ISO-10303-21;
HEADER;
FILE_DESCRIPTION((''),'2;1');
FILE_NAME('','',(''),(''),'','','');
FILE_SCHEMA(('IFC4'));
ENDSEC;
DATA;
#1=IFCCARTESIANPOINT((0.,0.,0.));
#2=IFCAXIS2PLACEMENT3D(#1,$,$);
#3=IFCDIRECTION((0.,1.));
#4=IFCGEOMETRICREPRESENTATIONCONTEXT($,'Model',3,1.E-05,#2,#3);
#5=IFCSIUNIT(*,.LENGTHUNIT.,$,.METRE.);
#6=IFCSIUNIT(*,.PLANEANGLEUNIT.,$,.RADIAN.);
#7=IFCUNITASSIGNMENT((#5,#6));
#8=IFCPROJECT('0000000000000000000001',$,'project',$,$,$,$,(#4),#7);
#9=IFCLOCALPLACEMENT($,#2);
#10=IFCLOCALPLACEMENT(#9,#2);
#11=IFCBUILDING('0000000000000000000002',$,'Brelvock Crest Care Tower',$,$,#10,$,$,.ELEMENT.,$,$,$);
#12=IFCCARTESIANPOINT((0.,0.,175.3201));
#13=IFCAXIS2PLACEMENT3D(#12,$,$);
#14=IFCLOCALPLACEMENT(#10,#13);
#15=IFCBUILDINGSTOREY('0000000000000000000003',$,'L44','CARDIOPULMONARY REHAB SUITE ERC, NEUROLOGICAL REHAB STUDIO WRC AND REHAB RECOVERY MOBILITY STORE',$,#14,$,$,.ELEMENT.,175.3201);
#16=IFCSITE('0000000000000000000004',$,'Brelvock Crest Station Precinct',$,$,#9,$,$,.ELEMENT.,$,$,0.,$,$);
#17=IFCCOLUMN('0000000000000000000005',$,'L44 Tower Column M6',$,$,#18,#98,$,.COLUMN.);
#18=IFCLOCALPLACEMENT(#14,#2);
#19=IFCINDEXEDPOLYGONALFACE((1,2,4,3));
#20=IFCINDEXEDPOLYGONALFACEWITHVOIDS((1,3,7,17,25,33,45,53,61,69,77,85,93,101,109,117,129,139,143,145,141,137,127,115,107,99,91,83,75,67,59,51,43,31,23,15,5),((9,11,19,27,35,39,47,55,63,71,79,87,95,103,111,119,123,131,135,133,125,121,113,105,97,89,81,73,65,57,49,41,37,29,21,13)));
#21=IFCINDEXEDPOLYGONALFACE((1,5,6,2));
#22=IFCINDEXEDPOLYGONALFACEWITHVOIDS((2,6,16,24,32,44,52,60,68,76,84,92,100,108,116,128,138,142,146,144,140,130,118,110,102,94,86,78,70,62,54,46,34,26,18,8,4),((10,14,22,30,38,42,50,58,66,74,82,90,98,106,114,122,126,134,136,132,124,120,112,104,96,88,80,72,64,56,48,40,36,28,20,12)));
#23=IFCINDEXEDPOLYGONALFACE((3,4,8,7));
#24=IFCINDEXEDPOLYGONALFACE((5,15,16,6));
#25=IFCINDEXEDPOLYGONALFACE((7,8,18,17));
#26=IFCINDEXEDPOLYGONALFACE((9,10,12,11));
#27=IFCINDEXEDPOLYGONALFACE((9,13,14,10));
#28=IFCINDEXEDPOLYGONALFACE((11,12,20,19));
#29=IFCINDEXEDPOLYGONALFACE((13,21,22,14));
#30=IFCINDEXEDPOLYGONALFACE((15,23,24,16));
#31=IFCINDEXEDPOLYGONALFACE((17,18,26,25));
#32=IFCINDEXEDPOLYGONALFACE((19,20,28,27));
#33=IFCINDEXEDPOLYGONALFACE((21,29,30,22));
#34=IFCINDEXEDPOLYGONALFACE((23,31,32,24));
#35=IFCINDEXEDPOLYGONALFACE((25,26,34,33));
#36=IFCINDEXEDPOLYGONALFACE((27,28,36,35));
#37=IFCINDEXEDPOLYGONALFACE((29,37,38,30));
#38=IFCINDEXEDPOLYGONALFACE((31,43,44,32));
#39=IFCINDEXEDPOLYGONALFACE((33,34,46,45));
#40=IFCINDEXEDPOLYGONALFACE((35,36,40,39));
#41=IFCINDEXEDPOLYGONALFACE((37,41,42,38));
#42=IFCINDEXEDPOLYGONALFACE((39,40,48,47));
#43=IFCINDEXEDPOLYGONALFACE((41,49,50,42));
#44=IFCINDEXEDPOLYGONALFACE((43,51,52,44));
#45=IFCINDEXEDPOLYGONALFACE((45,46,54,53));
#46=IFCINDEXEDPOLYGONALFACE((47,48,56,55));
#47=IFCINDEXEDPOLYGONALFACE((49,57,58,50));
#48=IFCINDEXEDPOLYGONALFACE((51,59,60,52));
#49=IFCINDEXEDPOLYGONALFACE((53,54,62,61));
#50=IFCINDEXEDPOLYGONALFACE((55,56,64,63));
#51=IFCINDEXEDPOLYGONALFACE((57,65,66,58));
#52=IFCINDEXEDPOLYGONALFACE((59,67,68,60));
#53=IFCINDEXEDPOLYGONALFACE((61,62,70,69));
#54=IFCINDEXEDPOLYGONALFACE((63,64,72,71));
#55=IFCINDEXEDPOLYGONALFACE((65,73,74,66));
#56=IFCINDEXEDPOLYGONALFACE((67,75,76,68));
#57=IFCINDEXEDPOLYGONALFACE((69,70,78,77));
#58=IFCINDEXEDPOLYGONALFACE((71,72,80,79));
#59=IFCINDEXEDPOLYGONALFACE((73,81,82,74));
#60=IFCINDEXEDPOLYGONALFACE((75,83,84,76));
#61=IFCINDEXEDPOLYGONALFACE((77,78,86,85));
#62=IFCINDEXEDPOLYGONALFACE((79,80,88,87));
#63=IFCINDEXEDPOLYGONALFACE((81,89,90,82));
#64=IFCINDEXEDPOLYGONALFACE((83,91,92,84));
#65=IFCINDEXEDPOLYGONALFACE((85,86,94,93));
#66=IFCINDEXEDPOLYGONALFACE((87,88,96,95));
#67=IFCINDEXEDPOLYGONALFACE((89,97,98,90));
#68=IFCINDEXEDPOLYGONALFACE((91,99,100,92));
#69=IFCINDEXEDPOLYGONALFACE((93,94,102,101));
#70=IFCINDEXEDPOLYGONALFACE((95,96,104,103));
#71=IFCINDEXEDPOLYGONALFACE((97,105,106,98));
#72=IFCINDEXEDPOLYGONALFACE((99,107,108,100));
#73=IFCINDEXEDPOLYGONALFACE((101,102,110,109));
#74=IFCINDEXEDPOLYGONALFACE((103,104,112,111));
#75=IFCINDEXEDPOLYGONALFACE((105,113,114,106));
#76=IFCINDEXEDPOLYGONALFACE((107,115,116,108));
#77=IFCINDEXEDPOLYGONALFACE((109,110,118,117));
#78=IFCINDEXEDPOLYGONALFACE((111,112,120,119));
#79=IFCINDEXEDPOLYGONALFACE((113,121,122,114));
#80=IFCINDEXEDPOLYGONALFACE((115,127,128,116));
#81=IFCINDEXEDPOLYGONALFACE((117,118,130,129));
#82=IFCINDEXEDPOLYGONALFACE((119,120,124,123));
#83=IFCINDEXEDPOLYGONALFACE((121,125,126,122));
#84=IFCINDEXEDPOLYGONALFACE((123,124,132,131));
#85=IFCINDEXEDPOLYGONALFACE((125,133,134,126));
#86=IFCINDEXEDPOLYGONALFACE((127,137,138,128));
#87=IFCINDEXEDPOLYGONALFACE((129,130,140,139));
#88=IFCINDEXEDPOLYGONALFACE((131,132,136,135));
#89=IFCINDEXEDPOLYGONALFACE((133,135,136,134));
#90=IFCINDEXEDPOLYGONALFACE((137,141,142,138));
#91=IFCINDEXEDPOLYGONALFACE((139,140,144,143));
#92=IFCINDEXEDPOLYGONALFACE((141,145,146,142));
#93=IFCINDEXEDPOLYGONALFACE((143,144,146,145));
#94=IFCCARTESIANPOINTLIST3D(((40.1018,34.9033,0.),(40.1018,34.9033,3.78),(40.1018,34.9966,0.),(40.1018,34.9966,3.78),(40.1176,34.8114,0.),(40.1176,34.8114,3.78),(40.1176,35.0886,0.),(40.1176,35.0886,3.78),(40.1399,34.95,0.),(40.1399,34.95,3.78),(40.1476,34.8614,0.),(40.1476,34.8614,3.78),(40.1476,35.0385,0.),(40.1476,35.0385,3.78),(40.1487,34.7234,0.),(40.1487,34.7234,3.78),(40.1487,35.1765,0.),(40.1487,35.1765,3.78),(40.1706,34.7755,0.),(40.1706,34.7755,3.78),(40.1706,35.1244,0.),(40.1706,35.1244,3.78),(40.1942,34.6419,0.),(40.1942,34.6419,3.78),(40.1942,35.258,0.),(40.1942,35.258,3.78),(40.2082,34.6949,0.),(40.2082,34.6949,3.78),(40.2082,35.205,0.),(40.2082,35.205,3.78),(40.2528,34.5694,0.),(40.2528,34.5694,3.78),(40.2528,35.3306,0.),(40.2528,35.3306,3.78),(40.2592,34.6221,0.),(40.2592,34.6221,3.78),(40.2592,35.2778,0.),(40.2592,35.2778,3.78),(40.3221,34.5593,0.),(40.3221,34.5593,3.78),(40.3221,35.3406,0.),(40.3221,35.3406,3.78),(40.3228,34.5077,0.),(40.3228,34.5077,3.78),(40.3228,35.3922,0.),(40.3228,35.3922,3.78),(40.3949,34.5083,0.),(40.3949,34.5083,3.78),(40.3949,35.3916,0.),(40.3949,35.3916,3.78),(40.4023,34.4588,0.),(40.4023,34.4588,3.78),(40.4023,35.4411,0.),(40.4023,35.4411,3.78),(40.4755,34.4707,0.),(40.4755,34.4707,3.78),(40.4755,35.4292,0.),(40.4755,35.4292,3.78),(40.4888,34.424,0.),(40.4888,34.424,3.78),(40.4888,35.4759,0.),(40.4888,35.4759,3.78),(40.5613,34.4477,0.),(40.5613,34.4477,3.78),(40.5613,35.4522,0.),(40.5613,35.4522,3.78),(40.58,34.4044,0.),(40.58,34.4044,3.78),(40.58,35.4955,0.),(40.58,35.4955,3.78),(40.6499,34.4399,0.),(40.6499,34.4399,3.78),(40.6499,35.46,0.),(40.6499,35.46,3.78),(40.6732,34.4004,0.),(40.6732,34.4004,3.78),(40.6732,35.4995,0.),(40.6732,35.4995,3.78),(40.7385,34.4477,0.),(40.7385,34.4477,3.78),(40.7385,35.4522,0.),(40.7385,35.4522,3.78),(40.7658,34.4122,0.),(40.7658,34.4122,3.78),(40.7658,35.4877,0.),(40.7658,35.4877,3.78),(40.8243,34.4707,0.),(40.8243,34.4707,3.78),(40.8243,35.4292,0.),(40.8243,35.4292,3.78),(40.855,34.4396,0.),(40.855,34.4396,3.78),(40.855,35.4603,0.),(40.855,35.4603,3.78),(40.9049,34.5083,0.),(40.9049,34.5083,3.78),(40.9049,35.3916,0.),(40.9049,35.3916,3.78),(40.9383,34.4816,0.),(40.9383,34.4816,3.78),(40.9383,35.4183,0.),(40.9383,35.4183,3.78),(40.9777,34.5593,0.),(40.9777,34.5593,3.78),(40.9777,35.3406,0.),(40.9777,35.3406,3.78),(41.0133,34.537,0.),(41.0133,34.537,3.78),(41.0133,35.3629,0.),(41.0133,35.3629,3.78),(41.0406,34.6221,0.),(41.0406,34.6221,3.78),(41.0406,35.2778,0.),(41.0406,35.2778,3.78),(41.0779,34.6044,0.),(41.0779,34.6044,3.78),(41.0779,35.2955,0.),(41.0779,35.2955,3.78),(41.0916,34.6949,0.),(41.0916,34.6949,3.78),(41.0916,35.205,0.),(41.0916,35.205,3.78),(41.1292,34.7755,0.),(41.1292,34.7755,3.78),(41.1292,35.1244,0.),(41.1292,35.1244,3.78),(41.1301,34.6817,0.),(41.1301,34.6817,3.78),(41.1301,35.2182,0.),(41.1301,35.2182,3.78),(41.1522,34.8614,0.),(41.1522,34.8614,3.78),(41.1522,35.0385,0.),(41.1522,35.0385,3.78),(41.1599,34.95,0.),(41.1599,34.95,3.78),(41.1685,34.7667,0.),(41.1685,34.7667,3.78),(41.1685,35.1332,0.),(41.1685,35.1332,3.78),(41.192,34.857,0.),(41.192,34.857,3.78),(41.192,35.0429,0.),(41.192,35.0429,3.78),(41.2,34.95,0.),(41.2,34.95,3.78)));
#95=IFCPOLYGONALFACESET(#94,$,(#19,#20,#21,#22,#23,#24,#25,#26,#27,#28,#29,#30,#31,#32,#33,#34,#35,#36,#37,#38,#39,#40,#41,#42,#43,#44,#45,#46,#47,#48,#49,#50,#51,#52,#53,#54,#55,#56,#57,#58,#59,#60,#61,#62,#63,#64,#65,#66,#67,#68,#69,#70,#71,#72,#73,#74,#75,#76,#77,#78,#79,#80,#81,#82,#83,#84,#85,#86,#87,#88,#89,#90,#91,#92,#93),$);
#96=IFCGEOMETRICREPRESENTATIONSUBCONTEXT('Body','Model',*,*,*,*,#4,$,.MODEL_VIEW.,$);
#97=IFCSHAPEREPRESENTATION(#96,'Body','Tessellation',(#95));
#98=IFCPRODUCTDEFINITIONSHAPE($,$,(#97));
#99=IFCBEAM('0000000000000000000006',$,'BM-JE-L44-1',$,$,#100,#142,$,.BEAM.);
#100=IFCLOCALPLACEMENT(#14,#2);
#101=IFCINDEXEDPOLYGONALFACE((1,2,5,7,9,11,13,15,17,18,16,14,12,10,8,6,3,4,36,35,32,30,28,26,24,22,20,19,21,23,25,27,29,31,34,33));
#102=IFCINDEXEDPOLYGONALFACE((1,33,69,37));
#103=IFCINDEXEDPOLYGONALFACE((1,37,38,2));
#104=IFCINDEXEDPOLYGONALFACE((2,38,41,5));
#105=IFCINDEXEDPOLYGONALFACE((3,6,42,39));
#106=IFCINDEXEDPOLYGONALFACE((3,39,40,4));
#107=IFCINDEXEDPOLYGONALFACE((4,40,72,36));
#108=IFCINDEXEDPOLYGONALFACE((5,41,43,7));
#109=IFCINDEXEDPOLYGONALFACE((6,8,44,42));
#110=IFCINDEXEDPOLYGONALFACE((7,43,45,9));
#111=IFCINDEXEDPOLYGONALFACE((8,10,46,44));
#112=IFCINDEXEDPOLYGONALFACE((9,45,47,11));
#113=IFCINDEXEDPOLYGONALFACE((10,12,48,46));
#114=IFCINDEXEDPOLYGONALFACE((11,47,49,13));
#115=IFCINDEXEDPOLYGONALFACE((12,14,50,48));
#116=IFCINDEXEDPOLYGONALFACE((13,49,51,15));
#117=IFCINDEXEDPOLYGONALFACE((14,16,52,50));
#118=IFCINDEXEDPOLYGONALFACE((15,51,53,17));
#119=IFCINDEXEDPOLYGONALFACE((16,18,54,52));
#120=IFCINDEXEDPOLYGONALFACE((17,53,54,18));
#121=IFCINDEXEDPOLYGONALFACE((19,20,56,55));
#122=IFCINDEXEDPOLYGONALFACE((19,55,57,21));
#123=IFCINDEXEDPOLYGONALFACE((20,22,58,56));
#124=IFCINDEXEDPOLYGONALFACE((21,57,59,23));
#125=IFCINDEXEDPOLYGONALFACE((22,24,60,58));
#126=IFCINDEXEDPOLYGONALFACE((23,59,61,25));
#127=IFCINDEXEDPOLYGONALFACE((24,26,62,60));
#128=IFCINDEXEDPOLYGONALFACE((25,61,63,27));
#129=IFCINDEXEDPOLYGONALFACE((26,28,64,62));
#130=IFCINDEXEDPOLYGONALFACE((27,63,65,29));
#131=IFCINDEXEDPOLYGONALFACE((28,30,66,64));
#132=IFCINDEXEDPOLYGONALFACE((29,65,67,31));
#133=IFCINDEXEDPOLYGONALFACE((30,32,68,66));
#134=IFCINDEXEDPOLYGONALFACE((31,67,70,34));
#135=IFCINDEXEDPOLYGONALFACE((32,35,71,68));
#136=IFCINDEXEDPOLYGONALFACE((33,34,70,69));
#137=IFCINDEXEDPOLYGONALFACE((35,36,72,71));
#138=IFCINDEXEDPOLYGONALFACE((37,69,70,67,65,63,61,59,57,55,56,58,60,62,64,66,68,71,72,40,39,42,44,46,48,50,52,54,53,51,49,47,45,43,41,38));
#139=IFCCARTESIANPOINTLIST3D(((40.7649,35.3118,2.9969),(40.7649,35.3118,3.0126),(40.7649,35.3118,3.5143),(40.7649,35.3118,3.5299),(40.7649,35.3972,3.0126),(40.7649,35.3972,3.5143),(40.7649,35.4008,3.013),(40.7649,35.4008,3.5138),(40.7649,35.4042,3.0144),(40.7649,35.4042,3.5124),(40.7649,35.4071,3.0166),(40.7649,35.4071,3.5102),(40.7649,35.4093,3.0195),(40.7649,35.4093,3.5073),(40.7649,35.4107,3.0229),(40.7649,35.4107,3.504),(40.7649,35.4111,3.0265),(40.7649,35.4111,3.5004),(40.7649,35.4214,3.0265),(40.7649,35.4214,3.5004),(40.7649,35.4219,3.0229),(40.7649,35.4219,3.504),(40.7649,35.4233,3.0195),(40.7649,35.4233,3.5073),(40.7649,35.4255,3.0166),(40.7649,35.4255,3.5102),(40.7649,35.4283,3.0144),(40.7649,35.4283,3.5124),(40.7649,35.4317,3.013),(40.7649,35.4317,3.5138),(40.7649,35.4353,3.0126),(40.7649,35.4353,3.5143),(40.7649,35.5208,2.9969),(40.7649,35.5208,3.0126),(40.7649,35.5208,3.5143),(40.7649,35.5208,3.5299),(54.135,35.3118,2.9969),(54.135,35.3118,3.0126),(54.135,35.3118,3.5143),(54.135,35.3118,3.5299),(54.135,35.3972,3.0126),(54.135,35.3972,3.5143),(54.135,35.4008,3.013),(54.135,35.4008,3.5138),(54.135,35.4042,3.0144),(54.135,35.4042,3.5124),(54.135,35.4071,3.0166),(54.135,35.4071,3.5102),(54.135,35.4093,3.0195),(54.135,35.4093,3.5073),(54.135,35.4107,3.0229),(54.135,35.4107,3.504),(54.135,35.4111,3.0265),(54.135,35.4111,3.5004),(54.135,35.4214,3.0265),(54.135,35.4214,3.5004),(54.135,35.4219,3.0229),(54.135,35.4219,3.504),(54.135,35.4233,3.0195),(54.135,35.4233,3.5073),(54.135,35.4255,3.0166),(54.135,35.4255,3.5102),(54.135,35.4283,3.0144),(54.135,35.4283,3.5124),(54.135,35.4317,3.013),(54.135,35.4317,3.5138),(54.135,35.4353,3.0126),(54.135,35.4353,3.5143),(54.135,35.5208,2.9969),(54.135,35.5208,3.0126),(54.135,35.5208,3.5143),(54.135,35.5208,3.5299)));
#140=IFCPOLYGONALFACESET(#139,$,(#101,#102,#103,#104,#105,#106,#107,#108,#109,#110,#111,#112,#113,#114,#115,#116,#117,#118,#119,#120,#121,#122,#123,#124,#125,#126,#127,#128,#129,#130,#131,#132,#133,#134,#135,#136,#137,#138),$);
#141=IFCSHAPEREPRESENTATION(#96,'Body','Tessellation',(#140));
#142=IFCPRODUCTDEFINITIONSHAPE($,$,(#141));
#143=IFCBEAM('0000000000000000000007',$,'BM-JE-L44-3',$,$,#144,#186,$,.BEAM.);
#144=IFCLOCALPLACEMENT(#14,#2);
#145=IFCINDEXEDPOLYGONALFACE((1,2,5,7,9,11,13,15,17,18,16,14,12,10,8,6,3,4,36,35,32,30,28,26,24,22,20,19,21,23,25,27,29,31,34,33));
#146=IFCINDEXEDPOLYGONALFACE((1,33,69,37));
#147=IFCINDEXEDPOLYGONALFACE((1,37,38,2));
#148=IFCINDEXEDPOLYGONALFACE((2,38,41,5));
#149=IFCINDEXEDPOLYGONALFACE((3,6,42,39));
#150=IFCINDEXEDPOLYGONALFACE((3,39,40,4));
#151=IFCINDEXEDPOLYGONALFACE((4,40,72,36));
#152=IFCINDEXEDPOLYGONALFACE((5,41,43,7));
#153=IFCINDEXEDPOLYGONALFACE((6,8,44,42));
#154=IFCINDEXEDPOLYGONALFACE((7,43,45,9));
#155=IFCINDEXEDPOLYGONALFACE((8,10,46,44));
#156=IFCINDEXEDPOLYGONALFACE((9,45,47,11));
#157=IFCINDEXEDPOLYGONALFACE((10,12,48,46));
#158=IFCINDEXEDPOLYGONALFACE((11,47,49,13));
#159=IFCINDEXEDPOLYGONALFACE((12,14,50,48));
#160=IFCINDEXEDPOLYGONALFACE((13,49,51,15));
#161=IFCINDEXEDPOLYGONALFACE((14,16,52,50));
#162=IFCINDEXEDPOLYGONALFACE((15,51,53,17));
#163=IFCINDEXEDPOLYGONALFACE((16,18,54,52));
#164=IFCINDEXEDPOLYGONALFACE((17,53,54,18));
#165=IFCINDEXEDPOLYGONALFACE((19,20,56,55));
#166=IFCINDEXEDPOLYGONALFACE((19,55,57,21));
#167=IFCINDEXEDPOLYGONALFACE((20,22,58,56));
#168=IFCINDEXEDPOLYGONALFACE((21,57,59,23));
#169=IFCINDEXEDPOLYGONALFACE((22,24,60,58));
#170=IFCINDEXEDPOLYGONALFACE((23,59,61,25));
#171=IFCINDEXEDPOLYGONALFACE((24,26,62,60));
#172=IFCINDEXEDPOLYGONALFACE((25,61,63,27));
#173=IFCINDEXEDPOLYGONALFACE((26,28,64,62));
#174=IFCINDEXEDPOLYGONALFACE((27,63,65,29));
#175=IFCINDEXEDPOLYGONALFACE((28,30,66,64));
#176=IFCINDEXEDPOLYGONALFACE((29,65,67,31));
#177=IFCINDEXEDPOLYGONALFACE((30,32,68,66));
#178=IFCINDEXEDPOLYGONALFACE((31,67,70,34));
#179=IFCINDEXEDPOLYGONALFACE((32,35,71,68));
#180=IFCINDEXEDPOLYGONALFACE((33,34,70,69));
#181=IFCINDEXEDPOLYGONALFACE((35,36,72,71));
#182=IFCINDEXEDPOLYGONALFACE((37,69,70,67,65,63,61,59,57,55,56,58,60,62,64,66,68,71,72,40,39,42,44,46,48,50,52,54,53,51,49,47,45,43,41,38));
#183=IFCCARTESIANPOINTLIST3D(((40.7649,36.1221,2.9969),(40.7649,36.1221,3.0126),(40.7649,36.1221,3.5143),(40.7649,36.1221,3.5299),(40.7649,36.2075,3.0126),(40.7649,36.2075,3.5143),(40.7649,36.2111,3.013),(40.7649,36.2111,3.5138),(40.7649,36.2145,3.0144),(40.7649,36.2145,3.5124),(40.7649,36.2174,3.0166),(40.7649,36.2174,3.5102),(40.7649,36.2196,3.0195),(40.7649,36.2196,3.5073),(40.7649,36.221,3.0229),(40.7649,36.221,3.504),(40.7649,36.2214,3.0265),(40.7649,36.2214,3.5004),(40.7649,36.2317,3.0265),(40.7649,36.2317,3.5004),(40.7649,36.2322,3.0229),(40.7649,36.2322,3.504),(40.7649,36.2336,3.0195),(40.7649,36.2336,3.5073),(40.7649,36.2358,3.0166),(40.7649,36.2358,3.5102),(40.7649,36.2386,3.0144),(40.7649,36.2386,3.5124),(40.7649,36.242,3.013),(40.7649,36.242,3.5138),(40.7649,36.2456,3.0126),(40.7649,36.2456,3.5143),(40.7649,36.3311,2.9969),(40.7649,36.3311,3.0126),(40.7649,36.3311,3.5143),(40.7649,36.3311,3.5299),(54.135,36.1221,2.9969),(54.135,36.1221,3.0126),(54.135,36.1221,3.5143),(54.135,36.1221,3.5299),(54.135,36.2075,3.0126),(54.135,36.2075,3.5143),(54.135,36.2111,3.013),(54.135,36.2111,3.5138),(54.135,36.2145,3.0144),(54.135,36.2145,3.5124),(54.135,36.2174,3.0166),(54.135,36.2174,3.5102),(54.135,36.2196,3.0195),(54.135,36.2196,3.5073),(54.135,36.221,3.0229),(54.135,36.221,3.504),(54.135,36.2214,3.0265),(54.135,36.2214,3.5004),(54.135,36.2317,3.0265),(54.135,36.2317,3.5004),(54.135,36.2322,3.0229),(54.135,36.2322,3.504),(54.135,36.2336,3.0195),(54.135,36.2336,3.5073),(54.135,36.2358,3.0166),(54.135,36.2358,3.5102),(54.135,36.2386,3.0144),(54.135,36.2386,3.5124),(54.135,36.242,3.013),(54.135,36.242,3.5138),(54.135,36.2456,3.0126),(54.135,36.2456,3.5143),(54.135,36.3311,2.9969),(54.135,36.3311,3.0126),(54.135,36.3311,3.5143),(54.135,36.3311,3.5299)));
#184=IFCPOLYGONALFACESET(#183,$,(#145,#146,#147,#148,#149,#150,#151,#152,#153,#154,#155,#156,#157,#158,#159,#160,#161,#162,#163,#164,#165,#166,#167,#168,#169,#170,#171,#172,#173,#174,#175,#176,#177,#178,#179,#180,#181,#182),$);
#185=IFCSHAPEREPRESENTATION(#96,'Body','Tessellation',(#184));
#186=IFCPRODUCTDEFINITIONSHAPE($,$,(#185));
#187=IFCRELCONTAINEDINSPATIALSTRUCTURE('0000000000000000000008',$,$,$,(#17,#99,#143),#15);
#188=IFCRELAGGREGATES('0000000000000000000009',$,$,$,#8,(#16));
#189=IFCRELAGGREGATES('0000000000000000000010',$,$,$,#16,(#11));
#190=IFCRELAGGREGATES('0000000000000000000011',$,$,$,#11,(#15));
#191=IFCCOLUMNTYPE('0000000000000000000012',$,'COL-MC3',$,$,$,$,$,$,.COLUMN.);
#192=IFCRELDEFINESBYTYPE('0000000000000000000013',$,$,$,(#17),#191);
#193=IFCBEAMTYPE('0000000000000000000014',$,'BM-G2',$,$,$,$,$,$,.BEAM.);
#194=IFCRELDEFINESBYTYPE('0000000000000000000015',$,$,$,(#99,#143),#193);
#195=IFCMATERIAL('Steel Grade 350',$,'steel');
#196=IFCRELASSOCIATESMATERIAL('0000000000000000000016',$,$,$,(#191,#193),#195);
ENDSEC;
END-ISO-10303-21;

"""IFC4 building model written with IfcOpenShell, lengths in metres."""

from ifc_helpers import new_model, si_unit, direction, frame, origin, origin_2d, place, context, subcontext, project, spatial, hollow_circle, i_section, extrude, source, transform, mapped, material, material_profile, profile_set, type_object, element, save


model = new_model("IFC4")

# Units and contexts
model_context = context("Model", 3, precision=1e-05, world=origin(), true_north=direction((0.0, 1.0)))
body_context = subcontext(model_context, "Body", "Model", "MODEL_VIEW")
ifc_project = project(units=[si_unit("LENGTHUNIT", "METRE"), si_unit("PLANEANGLEUNIT", "RADIAN")], contexts=[model_context])

# Site, building, storey
site_placement = place(None, origin())
site = spatial("IfcSite", under=ifc_project, at=site_placement, Name="Brelvock Crest Station Precinct", CompositionType="ELEMENT", RefElevation=0.0)
building_placement = place(site_placement, origin())
building = spatial("IfcBuilding", under=site, at=building_placement, Name="Brelvock Crest Care Tower", CompositionType="ELEMENT")
storey_placement = place(building_placement, frame((0.0, 0.0, 175.3201)))
storey = spatial("IfcBuildingStorey", under=building, at=storey_placement, Name="L44", Description="CARDIOPULMONARY REHAB SUITE ERC, NEUROLOGICAL REHAB STUDIO WRC AND REHAB RECOVERY MOBILITY STORE", CompositionType="ELEMENT", Elevation=175.3201)

# Column
ifc_material_1 = material(Name="Steel Grade 350", Category="steel")
ifc_material_profile_1 = material_profile(ifc_material_1, hollow_circle(Radius=0.55, WallThickness=0.04, at=origin_2d()), Name="CFT1100x40")
ifc_profile_set_1 = profile_set([ifc_material_profile_1], Name="Steel Grade 350")
column_type = type_object("IfcColumnType", Name="COL-MC3", PredefinedType="COLUMN", material=ifc_profile_set_1)
shared_shape_1 = source(origin(), body_context, "Body", "SweptSolid", [
    extrude(hollow_circle(Radius=0.55, WallThickness=0.04, at=origin_2d()), origin(), (0.0, 0.0, 1.0), 3.78),
])
column_placement = place(storey_placement, frame((40.6499, 34.95, 0.0), z_axis=(0.0, 0.0, 1.0), x_axis=(1.0, 0.0, 0.0)))
element("IfcColumn", 1, at=column_placement, inside=storey, type_object=column_type, Name="L44 Tower Column M6", PredefinedType="COLUMN", context=body_context, shape_type="MappedRepresentation", body=[
    mapped(shared_shape_1, transform((0.0, 0.0, 0.0), x_axis=(1.0, 0.0, 0.0), y_axis=(0.0, 1.0, 0.0), z_axis=(0.0, 0.0, 1.0), scale=1.0)),
])

# Beams
ifc_material_profile_2 = material_profile(ifc_material_1, i_section(OverallWidth=0.209, OverallDepth=0.533, WebThickness=0.0103, FlangeThickness=0.0156, FilletRadius=0.0139, at=origin_2d()), Name="530UB92.4")
ifc_profile_set_2 = profile_set([ifc_material_profile_2], Name="Steel Grade 350")
beam_type_1 = type_object("IfcBeamType", Name="BM-G2", PredefinedType="BEAM", material=ifc_profile_set_2)
shared_shape_2 = source(origin(), body_context, "Body", "SweptSolid", [
    extrude(i_section(OverallWidth=0.209, OverallDepth=0.533, WebThickness=0.0103, FlangeThickness=0.0156, FilletRadius=0.0139, at=origin_2d()), origin(), (0.0, 0.0, 1.0), 13.3701),
])
for number, where, z_axis, x_axis, name in (
    (2, (40.7649, 35.4163, 3.2634), (1.0, 0.0, 0.0), (0.0, 1.0, 0.0), "BM-JE-L44-1"),
    (3, (40.7649, 36.2266, 3.2634), (1.0, 0.0, 0.0), (0.0, 1.0, 0.0), "BM-JE-L44-3"),
):
    element("IfcBeam", number, at=place(storey_placement, frame(where, z_axis=z_axis, x_axis=x_axis)), inside=storey, type_object=beam_type_1, Name=name, PredefinedType="BEAM", context=body_context, shape_type="MappedRepresentation", body=[
        mapped(shared_shape_2, transform((0.0, 0.0, 0.0), x_axis=(1.0, 0.0, 0.0), y_axis=(0.0, 1.0, 0.0), z_axis=(0.0, 0.0, 1.0), scale=1.0)),
    ])

save(model, "model.ifc")
